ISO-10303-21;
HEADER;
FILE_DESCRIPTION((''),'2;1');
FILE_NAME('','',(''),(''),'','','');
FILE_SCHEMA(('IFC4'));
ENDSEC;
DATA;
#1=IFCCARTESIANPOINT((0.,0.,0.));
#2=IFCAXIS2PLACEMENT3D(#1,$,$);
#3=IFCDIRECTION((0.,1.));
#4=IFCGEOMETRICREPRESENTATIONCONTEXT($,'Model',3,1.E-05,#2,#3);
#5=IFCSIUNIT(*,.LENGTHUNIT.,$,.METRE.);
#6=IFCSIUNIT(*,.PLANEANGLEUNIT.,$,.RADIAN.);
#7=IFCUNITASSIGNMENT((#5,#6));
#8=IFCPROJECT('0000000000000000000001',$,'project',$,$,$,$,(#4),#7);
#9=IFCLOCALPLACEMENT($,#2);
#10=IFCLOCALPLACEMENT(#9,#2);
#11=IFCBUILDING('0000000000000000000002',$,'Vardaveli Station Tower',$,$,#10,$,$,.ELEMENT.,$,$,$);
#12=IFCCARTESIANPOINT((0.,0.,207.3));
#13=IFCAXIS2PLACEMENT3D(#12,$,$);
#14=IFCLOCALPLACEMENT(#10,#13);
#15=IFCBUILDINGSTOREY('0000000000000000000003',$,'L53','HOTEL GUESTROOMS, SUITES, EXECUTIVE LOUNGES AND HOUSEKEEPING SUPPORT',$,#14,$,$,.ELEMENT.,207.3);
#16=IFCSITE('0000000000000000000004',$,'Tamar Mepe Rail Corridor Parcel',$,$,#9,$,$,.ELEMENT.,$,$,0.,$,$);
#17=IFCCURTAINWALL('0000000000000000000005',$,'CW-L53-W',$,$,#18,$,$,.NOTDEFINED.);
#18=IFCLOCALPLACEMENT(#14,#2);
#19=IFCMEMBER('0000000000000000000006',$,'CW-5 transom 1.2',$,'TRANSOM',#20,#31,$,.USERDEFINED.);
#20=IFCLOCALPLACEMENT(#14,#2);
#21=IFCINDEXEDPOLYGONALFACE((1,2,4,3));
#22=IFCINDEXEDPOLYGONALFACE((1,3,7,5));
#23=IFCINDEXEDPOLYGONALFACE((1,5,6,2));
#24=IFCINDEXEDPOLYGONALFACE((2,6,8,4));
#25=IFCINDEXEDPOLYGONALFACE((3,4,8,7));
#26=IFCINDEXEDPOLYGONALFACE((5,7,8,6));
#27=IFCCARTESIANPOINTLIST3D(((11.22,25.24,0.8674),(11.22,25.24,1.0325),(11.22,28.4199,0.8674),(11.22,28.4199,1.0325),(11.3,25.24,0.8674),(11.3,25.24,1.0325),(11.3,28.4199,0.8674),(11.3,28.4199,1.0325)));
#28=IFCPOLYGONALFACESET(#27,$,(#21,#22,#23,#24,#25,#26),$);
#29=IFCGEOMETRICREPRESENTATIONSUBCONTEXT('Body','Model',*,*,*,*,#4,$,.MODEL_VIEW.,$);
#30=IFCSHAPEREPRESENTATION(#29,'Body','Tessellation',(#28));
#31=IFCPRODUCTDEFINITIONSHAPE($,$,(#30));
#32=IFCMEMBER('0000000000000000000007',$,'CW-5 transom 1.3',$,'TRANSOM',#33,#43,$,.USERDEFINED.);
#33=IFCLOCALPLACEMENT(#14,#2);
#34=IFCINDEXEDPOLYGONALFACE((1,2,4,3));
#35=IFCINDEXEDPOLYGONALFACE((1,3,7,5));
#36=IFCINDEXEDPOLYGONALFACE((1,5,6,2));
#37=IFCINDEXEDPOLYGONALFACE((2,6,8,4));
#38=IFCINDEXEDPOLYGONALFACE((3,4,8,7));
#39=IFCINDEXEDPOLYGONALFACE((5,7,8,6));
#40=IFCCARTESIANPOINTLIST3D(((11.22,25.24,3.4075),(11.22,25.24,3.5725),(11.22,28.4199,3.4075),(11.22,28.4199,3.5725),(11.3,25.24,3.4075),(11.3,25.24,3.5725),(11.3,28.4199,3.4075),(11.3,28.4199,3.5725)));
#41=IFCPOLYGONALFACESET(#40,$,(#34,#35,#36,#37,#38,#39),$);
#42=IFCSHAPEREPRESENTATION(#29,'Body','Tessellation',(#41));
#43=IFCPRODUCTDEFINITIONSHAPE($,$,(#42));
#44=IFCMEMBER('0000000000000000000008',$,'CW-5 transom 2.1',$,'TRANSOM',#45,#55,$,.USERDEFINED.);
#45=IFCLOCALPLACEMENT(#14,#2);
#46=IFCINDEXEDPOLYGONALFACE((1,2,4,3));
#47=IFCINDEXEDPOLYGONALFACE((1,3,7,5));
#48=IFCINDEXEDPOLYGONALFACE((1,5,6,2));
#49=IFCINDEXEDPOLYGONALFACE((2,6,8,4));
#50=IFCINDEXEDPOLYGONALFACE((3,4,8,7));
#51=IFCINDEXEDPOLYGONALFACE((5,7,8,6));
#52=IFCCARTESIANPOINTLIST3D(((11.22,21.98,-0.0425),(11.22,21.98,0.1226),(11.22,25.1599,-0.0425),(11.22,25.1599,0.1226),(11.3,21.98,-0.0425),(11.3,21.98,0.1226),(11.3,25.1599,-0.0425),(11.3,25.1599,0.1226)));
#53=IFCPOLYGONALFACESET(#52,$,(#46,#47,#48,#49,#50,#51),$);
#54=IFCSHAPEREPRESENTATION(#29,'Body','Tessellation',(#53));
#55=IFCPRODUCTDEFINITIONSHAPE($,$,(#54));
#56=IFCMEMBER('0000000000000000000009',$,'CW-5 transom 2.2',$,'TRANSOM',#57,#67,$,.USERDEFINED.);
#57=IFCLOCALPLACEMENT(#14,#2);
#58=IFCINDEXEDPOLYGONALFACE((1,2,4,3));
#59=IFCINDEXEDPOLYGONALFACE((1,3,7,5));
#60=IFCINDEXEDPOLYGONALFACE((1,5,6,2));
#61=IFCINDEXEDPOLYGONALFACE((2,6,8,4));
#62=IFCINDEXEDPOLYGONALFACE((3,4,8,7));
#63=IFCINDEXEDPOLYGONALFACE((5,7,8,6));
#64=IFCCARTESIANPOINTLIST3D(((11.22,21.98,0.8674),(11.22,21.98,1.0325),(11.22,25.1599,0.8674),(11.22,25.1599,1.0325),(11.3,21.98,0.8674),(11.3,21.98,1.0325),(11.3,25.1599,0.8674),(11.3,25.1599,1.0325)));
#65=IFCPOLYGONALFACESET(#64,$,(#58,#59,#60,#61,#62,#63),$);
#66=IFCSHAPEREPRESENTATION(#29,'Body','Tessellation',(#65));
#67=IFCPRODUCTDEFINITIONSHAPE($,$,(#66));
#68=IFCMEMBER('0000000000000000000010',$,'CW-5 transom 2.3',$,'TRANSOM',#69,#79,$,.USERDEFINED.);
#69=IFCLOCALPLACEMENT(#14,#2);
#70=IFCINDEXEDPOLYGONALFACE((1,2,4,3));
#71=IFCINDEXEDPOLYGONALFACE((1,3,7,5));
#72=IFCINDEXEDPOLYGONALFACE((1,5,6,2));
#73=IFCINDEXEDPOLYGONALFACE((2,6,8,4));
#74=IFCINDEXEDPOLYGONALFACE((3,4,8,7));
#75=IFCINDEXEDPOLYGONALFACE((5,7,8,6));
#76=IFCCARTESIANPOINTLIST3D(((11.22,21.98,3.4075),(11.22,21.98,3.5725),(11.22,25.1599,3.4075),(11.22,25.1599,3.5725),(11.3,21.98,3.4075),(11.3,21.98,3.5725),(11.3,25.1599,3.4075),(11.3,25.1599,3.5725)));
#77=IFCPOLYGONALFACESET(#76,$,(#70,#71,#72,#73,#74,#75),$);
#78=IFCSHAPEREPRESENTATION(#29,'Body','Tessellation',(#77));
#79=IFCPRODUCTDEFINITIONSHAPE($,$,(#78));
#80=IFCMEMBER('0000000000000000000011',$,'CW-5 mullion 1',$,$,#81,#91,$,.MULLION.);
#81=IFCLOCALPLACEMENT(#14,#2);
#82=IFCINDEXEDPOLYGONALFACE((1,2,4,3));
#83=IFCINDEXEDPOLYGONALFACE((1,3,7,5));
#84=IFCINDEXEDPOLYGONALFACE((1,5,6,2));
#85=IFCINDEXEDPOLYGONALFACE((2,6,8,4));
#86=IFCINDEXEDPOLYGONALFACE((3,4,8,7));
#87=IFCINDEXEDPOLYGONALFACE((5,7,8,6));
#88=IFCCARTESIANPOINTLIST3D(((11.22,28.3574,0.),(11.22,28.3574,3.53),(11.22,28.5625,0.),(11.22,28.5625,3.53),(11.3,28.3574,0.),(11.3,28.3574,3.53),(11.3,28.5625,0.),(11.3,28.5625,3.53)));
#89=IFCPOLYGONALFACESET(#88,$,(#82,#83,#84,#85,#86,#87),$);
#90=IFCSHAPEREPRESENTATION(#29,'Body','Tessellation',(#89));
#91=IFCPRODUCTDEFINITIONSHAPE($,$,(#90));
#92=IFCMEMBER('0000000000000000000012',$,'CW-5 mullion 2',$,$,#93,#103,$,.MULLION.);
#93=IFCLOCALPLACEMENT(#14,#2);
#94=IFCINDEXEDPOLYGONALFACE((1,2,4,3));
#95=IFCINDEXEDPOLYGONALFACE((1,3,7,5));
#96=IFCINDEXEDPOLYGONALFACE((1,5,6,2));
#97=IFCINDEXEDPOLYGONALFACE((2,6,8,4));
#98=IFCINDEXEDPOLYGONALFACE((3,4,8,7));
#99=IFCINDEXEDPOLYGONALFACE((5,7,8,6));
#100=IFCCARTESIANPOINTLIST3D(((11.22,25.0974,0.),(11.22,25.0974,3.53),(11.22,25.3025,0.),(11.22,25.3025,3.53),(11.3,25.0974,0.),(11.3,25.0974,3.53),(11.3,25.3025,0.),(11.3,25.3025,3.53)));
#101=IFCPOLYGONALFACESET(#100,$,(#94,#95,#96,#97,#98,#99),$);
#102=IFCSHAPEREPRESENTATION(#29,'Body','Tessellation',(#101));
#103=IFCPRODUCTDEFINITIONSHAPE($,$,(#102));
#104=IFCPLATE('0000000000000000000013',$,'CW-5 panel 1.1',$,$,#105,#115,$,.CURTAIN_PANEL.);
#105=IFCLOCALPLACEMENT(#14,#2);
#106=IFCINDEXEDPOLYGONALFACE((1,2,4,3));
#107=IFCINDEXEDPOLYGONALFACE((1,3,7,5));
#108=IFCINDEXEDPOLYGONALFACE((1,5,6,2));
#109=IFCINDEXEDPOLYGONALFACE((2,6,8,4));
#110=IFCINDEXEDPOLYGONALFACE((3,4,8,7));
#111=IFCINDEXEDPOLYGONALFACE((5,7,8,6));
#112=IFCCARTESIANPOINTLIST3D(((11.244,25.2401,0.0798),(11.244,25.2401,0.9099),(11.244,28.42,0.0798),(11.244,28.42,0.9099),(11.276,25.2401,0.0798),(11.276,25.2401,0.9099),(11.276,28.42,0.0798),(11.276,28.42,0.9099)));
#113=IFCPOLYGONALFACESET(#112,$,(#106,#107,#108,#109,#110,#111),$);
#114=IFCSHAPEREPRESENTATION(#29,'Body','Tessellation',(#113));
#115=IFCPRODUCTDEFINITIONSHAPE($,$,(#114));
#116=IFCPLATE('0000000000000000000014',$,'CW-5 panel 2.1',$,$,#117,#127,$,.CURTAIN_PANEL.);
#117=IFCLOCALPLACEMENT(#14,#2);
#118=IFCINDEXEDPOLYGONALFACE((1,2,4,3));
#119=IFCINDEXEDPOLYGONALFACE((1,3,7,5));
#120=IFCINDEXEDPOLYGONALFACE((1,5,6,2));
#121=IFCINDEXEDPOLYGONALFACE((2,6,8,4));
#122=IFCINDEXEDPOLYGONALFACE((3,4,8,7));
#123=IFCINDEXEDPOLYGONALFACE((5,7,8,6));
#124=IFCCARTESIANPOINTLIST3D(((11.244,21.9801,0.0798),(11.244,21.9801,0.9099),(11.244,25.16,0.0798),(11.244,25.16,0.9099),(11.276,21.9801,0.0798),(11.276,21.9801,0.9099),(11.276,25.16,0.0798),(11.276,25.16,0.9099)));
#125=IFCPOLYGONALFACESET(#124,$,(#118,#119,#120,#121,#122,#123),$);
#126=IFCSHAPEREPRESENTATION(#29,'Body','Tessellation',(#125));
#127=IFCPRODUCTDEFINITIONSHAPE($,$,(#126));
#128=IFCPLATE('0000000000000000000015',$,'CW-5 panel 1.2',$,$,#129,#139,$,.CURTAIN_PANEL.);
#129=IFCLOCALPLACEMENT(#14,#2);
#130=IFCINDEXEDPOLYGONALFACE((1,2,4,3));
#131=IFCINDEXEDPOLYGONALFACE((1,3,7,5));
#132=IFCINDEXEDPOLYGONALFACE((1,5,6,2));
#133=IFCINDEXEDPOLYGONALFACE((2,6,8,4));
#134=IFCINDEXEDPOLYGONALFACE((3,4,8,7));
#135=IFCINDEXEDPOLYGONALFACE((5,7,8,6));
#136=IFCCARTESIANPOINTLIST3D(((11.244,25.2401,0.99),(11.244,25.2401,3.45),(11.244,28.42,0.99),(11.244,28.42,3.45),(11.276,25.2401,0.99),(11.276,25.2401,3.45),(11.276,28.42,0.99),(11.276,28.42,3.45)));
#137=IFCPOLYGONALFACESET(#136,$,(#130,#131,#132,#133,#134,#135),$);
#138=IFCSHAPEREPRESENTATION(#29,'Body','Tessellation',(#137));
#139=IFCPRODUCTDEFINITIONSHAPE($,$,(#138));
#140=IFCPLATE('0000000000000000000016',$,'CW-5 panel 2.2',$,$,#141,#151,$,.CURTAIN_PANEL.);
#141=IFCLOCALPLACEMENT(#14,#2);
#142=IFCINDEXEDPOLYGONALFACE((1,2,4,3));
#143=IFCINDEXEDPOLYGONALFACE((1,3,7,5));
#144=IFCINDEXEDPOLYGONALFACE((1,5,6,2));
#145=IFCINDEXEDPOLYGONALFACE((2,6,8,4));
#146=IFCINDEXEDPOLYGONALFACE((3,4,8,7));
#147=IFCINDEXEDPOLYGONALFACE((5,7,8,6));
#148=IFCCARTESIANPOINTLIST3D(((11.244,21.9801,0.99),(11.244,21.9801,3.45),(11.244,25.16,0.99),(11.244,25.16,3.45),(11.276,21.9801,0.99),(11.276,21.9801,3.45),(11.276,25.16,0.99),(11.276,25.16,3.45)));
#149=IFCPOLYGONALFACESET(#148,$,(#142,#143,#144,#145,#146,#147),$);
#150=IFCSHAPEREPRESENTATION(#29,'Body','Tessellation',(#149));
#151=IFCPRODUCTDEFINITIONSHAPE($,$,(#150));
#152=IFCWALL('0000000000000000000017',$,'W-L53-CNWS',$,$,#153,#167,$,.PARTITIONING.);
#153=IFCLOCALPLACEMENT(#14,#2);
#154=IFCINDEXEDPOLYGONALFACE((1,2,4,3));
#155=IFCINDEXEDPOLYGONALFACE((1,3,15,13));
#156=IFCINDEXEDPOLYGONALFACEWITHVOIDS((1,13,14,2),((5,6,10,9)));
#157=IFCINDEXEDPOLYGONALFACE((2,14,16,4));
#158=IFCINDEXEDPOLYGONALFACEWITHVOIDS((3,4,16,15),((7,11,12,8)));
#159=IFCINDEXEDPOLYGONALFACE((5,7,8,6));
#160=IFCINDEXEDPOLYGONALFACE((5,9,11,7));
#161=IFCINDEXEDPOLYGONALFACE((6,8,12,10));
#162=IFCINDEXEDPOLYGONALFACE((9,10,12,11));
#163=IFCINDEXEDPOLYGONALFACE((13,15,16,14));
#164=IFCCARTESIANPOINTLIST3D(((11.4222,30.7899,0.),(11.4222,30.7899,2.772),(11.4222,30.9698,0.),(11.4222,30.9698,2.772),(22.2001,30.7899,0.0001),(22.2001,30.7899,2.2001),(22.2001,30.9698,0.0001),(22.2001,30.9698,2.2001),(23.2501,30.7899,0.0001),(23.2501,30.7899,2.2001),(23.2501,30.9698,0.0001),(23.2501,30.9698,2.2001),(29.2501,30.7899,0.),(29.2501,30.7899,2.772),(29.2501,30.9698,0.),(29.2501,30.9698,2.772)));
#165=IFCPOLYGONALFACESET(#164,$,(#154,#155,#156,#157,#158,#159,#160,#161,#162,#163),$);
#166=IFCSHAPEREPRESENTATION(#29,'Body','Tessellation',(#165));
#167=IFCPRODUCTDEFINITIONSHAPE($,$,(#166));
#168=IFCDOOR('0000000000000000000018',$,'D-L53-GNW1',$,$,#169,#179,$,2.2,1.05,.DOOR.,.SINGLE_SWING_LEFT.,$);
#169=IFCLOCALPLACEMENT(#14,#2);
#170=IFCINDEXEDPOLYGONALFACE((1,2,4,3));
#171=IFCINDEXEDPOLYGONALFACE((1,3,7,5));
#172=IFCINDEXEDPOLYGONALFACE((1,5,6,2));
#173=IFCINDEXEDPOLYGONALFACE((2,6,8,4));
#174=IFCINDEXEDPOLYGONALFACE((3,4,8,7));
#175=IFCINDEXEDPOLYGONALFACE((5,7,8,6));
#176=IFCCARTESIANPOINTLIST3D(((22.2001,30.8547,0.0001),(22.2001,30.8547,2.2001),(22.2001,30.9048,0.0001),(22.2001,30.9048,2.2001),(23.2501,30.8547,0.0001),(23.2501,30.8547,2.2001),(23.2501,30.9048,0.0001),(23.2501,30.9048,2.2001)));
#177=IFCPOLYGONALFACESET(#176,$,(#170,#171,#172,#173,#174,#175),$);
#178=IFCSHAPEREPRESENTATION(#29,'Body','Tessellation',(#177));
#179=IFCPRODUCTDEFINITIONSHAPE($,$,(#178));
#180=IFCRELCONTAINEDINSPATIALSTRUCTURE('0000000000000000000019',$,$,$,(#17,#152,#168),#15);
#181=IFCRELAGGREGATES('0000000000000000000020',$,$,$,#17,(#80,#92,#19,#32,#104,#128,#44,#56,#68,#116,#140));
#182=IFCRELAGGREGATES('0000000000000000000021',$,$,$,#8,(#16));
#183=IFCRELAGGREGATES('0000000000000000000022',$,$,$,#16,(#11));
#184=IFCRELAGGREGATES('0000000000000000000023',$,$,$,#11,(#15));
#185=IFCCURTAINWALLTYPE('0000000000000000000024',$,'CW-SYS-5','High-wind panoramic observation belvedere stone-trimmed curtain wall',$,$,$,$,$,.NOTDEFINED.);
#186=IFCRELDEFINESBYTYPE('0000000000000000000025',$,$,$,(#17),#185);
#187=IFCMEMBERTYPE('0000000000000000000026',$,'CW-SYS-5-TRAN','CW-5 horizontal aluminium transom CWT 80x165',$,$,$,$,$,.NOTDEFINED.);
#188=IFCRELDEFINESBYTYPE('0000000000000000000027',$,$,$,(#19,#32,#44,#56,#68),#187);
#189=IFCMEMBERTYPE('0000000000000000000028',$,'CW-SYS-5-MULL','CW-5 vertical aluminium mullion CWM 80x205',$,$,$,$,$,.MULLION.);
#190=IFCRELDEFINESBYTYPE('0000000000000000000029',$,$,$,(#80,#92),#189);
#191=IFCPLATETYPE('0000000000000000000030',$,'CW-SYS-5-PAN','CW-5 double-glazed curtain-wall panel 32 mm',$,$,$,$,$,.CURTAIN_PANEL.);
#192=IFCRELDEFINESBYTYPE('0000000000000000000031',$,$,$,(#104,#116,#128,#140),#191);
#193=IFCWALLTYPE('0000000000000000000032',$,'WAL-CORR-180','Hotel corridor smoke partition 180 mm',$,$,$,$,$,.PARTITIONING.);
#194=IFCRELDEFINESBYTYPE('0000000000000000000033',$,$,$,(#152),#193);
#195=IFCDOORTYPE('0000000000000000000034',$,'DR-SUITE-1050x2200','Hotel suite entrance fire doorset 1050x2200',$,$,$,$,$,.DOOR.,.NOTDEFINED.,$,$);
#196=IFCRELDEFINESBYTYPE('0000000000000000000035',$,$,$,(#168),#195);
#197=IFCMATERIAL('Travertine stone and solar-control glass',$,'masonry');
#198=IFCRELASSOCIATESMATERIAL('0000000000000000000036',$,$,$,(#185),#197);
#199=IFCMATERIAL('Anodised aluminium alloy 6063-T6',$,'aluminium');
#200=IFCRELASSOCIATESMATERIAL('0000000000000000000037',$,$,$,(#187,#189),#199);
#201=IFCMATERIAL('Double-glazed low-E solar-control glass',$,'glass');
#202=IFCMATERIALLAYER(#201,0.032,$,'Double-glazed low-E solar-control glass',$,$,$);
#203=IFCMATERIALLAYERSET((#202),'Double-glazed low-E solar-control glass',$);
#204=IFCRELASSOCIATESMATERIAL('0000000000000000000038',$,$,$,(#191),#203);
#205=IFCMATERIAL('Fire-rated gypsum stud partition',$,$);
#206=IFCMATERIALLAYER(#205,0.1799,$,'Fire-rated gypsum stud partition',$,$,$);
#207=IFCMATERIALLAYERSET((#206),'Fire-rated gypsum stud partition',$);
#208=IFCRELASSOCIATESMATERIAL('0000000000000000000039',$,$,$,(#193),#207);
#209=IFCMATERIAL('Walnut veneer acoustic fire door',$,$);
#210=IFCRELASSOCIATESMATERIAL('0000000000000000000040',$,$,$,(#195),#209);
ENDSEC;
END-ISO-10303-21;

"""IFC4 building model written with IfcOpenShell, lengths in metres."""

from ifc_helpers import new_model, si_unit, direction, frame, frame_2d, origin, origin_2d, place, context, subcontext, project, spatial, rectangle, extrude, source, transform, mapped, material, layer, layer_set, material_profile, profile_set, type_object, element, fill, aggregate, save


model = new_model("IFC4")

# Units and contexts
model_context = context("Model", 3, precision=1e-05, world=origin(), true_north=direction((0.0, 1.0)))
body_context = subcontext(model_context, "Body", "Model", "MODEL_VIEW")
ifc_project = project(units=[si_unit("LENGTHUNIT", "METRE"), si_unit("PLANEANGLEUNIT", "RADIAN")], contexts=[model_context])

# Site, building, storey
site_placement = place(None, origin())
site = spatial("IfcSite", under=ifc_project, at=site_placement, Name="Tamar Mepe Rail Corridor Parcel", CompositionType="ELEMENT", RefElevation=0.0)
building_placement = place(site_placement, origin())
building = spatial("IfcBuilding", under=site, at=building_placement, Name="Vardaveli Station Tower", CompositionType="ELEMENT")
storey_placement = place(building_placement, frame((0.0, 0.0, 207.3)))
storey = spatial("IfcBuildingStorey", under=building, at=storey_placement, Name="L53", Description="HOTEL GUESTROOMS, SUITES, EXECUTIVE LOUNGES AND HOUSEKEEPING SUPPORT", CompositionType="ELEMENT", Elevation=207.3)

# Curtain wall, members, plates
ifc_material_1 = material(Name="Travertine stone and solar-control glass", Category="masonry")
curtain_wall_type = type_object("IfcCurtainWallType", Name="CW-SYS-5", Description="High-wind panoramic observation belvedere stone-trimmed curtain wall", PredefinedType="NOTDEFINED", material=ifc_material_1)
curtain_wall_placement = place(storey_placement, origin())
curtain_wall = element("IfcCurtainWall", 1, at=curtain_wall_placement, inside=storey, type_object=curtain_wall_type, Name="CW-L53-W", PredefinedType="NOTDEFINED")
ifc_material_2 = material(Name="Anodised aluminium alloy 6063-T6", Category="aluminium")
ifc_material_profile_1 = material_profile(ifc_material_2, rectangle(XDim=0.0801, YDim=0.165, at=origin_2d()), Name="CWT 80x165")
ifc_profile_set_1 = profile_set([ifc_material_profile_1], Name="Anodised aluminium alloy 6063-T6")
member_type_1 = type_object("IfcMemberType", Name="CW-SYS-5-TRAN", Description="CW-5 horizontal aluminium transom CWT 80x165", PredefinedType="NOTDEFINED", material=ifc_profile_set_1)
shared_shape_1 = source(origin(), body_context, "Body", "SweptSolid", [
    extrude(rectangle(XDim=0.0801, YDim=0.165, at=origin_2d()), origin(), (0.0, 0.0, 1.0), 3.1799),
])
member_1_placement = place(storey_placement, frame((11.26, 28.4199, 0.95), z_axis=(0.0, -1.0, 0.0), x_axis=(1.0, 0.0, 0.0)))
member_1 = element("IfcMember", 2, at=member_1_placement, type_object=member_type_1, Name="CW-5 transom 1.2", ObjectType="TRANSOM", PredefinedType="USERDEFINED", context=body_context, shape_type="MappedRepresentation", body=[
    mapped(shared_shape_1, transform((0.0, 0.0, 0.0), scale=1.0)),
])
member_2_placement = place(storey_placement, frame((11.26, 28.4199, 3.49), z_axis=(0.0, -1.0, 0.0), x_axis=(1.0, 0.0, 0.0)))
member_2 = element("IfcMember", 3, at=member_2_placement, type_object=member_type_1, Name="CW-5 transom 1.3", ObjectType="TRANSOM", PredefinedType="USERDEFINED", context=body_context, shape_type="MappedRepresentation", body=[
    mapped(shared_shape_1, transform((0.0, 0.0, 0.0), scale=1.0)),
])
member_3_placement = place(storey_placement, frame((11.26, 25.1599, 0.04), z_axis=(0.0, -1.0, 0.0), x_axis=(1.0, 0.0, 0.0)))
member_3 = element("IfcMember", 4, at=member_3_placement, type_object=member_type_1, Name="CW-5 transom 2.1", ObjectType="TRANSOM", PredefinedType="USERDEFINED", context=body_context, shape_type="MappedRepresentation", body=[
    mapped(shared_shape_1, transform((0.0, 0.0, 0.0), scale=1.0)),
])
member_4_placement = place(storey_placement, frame((11.26, 25.1599, 0.95), z_axis=(0.0, -1.0, 0.0), x_axis=(1.0, 0.0, 0.0)))
member_4 = element("IfcMember", 5, at=member_4_placement, type_object=member_type_1, Name="CW-5 transom 2.2", ObjectType="TRANSOM", PredefinedType="USERDEFINED", context=body_context, shape_type="MappedRepresentation", body=[
    mapped(shared_shape_1, transform((0.0, 0.0, 0.0), scale=1.0)),
])
member_5_placement = place(storey_placement, frame((11.26, 25.1599, 3.49), z_axis=(0.0, -1.0, 0.0), x_axis=(1.0, 0.0, 0.0)))
member_5 = element("IfcMember", 6, at=member_5_placement, type_object=member_type_1, Name="CW-5 transom 2.3", ObjectType="TRANSOM", PredefinedType="USERDEFINED", context=body_context, shape_type="MappedRepresentation", body=[
    mapped(shared_shape_1, transform((0.0, 0.0, 0.0), scale=1.0)),
])
ifc_material_profile_2 = material_profile(ifc_material_2, rectangle(XDim=0.0801, YDim=0.2051, at=origin_2d()), Name="CWM 80x205")
ifc_profile_set_2 = profile_set([ifc_material_profile_2], Name="Anodised aluminium alloy 6063-T6")
member_type_2 = type_object("IfcMemberType", Name="CW-SYS-5-MULL", Description="CW-5 vertical aluminium mullion CWM 80x205", PredefinedType="MULLION", material=ifc_profile_set_2)
shared_shape_2 = source(origin(), body_context, "Body", "SweptSolid", [
    extrude(rectangle(XDim=0.0801, YDim=0.2051, at=origin_2d()), origin(), (0.0, 0.0, 1.0), 3.53),
])
member_6_placement = place(storey_placement, frame((11.26, 28.46, 0.0), z_axis=(0.0, 0.0, 1.0), x_axis=(1.0, 0.0, 0.0)))
member_6 = element("IfcMember", 7, at=member_6_placement, type_object=member_type_2, Name="CW-5 mullion 1", PredefinedType="MULLION", context=body_context, shape_type="MappedRepresentation", body=[
    mapped(shared_shape_2, transform((0.0, 0.0, 0.0), scale=1.0)),
])
member_7_placement = place(storey_placement, frame((11.26, 25.2, 0.0), z_axis=(0.0, 0.0, 1.0), x_axis=(1.0, 0.0, 0.0)))
member_7 = element("IfcMember", 8, at=member_7_placement, type_object=member_type_2, Name="CW-5 mullion 2", PredefinedType="MULLION", context=body_context, shape_type="MappedRepresentation", body=[
    mapped(shared_shape_2, transform((0.0, 0.0, 0.0), scale=1.0)),
])
ifc_material_3 = material(Name="Double-glazed low-E solar-control glass", Category="glass")
ifc_layer_1 = layer(ifc_material_3, 0.032, Name="Double-glazed low-E solar-control glass")
ifc_layer_set_1 = layer_set([ifc_layer_1], Name="Double-glazed low-E solar-control glass")
plate_type = type_object("IfcPlateType", Name="CW-SYS-5-PAN", Description="CW-5 double-glazed curtain-wall panel 32 mm", PredefinedType="CURTAIN_PANEL", material=ifc_layer_set_1)
shared_shape_3 = source(origin(), body_context, "Body", "SweptSolid", [
    extrude(rectangle(XDim=3.1799, YDim=0.032, at=origin_2d()), origin(), (0.0, 0.0, 1.0), 0.8301),
])
plate_1_placement = place(storey_placement, frame((11.26, 26.8301, 0.0798), z_axis=(0.0, 0.0, 1.0), x_axis=(0.0, -1.0, 0.0)))
plate_1 = element("IfcPlate", 9, at=plate_1_placement, type_object=plate_type, Name="CW-5 panel 1.1", PredefinedType="CURTAIN_PANEL", context=body_context, shape_type="MappedRepresentation", body=[
    mapped(shared_shape_3, transform((0.0, 0.0, 0.0), scale=1.0)),
])
plate_2_placement = place(storey_placement, frame((11.26, 23.5701, 0.0798), z_axis=(0.0, 0.0, 1.0), x_axis=(0.0, -1.0, 0.0)))
plate_2 = element("IfcPlate", 10, at=plate_2_placement, type_object=plate_type, Name="CW-5 panel 2.1", PredefinedType="CURTAIN_PANEL", context=body_context, shape_type="MappedRepresentation", body=[
    mapped(shared_shape_3, transform((0.0, 0.0, 0.0), scale=1.0)),
])
shared_shape_4 = source(origin(), body_context, "Body", "SweptSolid", [
    extrude(rectangle(XDim=3.1799, YDim=0.032, at=origin_2d()), origin(), (0.0, 0.0, 1.0), 2.46),
])
plate_3_placement = place(storey_placement, frame((11.26, 26.8301, 0.99), z_axis=(0.0, 0.0, 1.0), x_axis=(0.0, -1.0, 0.0)))
plate_3 = element("IfcPlate", 11, at=plate_3_placement, type_object=plate_type, Name="CW-5 panel 1.2", PredefinedType="CURTAIN_PANEL", context=body_context, shape_type="MappedRepresentation", body=[
    mapped(shared_shape_4, transform((0.0, 0.0, 0.0), scale=1.0)),
])
plate_4_placement = place(storey_placement, frame((11.26, 23.5701, 0.99), z_axis=(0.0, 0.0, 1.0), x_axis=(0.0, -1.0, 0.0)))
plate_4 = element("IfcPlate", 12, at=plate_4_placement, type_object=plate_type, Name="CW-5 panel 2.2", PredefinedType="CURTAIN_PANEL", context=body_context, shape_type="MappedRepresentation", body=[
    mapped(shared_shape_4, transform((0.0, 0.0, 0.0), scale=1.0)),
])
aggregate(curtain_wall, [member_6, member_7, member_1, member_2, plate_1, plate_3, member_3, member_4, member_5, plate_2, plate_4])

# Wall, opening, door
ifc_material_4 = material(Name="Fire-rated gypsum stud partition")
ifc_layer_2 = layer(ifc_material_4, 0.1799, Name="Fire-rated gypsum stud partition")
ifc_layer_set_2 = layer_set([ifc_layer_2], Name="Fire-rated gypsum stud partition")
wall_type_1 = type_object("IfcWallType", Name="WAL-CORR-180", Description="Hotel corridor smoke partition 180 mm", PredefinedType="PARTITIONING", material=ifc_layer_set_2)
shared_shape_5 = source(origin(), body_context, "Body", "SweptSolid", [
    extrude(rectangle(XDim=17.8279, YDim=0.1799, at=frame_2d((8.9141, 0.0))), origin(), (0.0, 0.0, 1.0), 2.772),
])
wall_1_placement = place(storey_placement, frame((11.4221, 30.8799, 0.0), z_axis=(0.0, 0.0, 1.0), x_axis=(1.0, 0.0, 0.0)))
wall_1 = element("IfcWall", 13, at=wall_1_placement, inside=storey, type_object=wall_type_1, Name="W-L53-CNWS", PredefinedType="PARTITIONING", context=body_context, shape_type="MappedRepresentation", body=[
    mapped(shared_shape_5, transform((0.0, 0.0, 0.0), scale=1.0)),
])
shared_shape_6 = source(origin(), body_context, "Body", "SweptSolid", [
    extrude(rectangle(XDim=1.05, YDim=2.2, at=frame_2d((0.5249, 1.1001))), frame((0.0, 0.1001, 0.0), z_axis=(0.0, -1.0, 0.0), x_axis=(1.0, 0.0, 0.0)), (0.0, 0.0, 1.0), 0.2),
])
opening_placement = place(wall_1_placement, frame((10.7781, 0.0, 0.0)))
opening = element("IfcOpeningElement", 14, at=opening_placement, cuts=wall_1, PredefinedType="OPENING", context=body_context, shape_type="MappedRepresentation", body=[
    mapped(shared_shape_6, transform((0.0, 0.0, 0.0), scale=1.0)),
])
ifc_material_5 = material(Name="Walnut veneer acoustic fire door")
door_type = type_object("IfcDoorType", Name="DR-SUITE-1050x2200", Description="Hotel suite entrance fire doorset 1050x2200", OperationType="NOTDEFINED", PredefinedType="DOOR", material=ifc_material_5)
shared_shape_7 = source(origin(), body_context, "Body", "SweptSolid", [
    extrude(rectangle(XDim=1.05, YDim=2.2, at=frame_2d((0.5249, 1.1001))), frame((0.0, 0.0249, 0.0), z_axis=(0.0, -1.0, 0.0), x_axis=(1.0, 0.0, 0.0)), (0.0, 0.0, 1.0), 0.05),
])
door_placement = place(opening_placement, origin())
door = element("IfcDoor", 15, at=door_placement, inside=storey, type_object=door_type, Name="D-L53-GNW1", OperationType="SINGLE_SWING_LEFT", OverallHeight=2.2, OverallWidth=1.05, PredefinedType="DOOR", context=body_context, shape_type="MappedRepresentation", body=[
    mapped(shared_shape_7, transform((0.0, 0.0, 0.0), scale=1.0)),
])
fill(opening, door)

save(model, "model.ifc")
